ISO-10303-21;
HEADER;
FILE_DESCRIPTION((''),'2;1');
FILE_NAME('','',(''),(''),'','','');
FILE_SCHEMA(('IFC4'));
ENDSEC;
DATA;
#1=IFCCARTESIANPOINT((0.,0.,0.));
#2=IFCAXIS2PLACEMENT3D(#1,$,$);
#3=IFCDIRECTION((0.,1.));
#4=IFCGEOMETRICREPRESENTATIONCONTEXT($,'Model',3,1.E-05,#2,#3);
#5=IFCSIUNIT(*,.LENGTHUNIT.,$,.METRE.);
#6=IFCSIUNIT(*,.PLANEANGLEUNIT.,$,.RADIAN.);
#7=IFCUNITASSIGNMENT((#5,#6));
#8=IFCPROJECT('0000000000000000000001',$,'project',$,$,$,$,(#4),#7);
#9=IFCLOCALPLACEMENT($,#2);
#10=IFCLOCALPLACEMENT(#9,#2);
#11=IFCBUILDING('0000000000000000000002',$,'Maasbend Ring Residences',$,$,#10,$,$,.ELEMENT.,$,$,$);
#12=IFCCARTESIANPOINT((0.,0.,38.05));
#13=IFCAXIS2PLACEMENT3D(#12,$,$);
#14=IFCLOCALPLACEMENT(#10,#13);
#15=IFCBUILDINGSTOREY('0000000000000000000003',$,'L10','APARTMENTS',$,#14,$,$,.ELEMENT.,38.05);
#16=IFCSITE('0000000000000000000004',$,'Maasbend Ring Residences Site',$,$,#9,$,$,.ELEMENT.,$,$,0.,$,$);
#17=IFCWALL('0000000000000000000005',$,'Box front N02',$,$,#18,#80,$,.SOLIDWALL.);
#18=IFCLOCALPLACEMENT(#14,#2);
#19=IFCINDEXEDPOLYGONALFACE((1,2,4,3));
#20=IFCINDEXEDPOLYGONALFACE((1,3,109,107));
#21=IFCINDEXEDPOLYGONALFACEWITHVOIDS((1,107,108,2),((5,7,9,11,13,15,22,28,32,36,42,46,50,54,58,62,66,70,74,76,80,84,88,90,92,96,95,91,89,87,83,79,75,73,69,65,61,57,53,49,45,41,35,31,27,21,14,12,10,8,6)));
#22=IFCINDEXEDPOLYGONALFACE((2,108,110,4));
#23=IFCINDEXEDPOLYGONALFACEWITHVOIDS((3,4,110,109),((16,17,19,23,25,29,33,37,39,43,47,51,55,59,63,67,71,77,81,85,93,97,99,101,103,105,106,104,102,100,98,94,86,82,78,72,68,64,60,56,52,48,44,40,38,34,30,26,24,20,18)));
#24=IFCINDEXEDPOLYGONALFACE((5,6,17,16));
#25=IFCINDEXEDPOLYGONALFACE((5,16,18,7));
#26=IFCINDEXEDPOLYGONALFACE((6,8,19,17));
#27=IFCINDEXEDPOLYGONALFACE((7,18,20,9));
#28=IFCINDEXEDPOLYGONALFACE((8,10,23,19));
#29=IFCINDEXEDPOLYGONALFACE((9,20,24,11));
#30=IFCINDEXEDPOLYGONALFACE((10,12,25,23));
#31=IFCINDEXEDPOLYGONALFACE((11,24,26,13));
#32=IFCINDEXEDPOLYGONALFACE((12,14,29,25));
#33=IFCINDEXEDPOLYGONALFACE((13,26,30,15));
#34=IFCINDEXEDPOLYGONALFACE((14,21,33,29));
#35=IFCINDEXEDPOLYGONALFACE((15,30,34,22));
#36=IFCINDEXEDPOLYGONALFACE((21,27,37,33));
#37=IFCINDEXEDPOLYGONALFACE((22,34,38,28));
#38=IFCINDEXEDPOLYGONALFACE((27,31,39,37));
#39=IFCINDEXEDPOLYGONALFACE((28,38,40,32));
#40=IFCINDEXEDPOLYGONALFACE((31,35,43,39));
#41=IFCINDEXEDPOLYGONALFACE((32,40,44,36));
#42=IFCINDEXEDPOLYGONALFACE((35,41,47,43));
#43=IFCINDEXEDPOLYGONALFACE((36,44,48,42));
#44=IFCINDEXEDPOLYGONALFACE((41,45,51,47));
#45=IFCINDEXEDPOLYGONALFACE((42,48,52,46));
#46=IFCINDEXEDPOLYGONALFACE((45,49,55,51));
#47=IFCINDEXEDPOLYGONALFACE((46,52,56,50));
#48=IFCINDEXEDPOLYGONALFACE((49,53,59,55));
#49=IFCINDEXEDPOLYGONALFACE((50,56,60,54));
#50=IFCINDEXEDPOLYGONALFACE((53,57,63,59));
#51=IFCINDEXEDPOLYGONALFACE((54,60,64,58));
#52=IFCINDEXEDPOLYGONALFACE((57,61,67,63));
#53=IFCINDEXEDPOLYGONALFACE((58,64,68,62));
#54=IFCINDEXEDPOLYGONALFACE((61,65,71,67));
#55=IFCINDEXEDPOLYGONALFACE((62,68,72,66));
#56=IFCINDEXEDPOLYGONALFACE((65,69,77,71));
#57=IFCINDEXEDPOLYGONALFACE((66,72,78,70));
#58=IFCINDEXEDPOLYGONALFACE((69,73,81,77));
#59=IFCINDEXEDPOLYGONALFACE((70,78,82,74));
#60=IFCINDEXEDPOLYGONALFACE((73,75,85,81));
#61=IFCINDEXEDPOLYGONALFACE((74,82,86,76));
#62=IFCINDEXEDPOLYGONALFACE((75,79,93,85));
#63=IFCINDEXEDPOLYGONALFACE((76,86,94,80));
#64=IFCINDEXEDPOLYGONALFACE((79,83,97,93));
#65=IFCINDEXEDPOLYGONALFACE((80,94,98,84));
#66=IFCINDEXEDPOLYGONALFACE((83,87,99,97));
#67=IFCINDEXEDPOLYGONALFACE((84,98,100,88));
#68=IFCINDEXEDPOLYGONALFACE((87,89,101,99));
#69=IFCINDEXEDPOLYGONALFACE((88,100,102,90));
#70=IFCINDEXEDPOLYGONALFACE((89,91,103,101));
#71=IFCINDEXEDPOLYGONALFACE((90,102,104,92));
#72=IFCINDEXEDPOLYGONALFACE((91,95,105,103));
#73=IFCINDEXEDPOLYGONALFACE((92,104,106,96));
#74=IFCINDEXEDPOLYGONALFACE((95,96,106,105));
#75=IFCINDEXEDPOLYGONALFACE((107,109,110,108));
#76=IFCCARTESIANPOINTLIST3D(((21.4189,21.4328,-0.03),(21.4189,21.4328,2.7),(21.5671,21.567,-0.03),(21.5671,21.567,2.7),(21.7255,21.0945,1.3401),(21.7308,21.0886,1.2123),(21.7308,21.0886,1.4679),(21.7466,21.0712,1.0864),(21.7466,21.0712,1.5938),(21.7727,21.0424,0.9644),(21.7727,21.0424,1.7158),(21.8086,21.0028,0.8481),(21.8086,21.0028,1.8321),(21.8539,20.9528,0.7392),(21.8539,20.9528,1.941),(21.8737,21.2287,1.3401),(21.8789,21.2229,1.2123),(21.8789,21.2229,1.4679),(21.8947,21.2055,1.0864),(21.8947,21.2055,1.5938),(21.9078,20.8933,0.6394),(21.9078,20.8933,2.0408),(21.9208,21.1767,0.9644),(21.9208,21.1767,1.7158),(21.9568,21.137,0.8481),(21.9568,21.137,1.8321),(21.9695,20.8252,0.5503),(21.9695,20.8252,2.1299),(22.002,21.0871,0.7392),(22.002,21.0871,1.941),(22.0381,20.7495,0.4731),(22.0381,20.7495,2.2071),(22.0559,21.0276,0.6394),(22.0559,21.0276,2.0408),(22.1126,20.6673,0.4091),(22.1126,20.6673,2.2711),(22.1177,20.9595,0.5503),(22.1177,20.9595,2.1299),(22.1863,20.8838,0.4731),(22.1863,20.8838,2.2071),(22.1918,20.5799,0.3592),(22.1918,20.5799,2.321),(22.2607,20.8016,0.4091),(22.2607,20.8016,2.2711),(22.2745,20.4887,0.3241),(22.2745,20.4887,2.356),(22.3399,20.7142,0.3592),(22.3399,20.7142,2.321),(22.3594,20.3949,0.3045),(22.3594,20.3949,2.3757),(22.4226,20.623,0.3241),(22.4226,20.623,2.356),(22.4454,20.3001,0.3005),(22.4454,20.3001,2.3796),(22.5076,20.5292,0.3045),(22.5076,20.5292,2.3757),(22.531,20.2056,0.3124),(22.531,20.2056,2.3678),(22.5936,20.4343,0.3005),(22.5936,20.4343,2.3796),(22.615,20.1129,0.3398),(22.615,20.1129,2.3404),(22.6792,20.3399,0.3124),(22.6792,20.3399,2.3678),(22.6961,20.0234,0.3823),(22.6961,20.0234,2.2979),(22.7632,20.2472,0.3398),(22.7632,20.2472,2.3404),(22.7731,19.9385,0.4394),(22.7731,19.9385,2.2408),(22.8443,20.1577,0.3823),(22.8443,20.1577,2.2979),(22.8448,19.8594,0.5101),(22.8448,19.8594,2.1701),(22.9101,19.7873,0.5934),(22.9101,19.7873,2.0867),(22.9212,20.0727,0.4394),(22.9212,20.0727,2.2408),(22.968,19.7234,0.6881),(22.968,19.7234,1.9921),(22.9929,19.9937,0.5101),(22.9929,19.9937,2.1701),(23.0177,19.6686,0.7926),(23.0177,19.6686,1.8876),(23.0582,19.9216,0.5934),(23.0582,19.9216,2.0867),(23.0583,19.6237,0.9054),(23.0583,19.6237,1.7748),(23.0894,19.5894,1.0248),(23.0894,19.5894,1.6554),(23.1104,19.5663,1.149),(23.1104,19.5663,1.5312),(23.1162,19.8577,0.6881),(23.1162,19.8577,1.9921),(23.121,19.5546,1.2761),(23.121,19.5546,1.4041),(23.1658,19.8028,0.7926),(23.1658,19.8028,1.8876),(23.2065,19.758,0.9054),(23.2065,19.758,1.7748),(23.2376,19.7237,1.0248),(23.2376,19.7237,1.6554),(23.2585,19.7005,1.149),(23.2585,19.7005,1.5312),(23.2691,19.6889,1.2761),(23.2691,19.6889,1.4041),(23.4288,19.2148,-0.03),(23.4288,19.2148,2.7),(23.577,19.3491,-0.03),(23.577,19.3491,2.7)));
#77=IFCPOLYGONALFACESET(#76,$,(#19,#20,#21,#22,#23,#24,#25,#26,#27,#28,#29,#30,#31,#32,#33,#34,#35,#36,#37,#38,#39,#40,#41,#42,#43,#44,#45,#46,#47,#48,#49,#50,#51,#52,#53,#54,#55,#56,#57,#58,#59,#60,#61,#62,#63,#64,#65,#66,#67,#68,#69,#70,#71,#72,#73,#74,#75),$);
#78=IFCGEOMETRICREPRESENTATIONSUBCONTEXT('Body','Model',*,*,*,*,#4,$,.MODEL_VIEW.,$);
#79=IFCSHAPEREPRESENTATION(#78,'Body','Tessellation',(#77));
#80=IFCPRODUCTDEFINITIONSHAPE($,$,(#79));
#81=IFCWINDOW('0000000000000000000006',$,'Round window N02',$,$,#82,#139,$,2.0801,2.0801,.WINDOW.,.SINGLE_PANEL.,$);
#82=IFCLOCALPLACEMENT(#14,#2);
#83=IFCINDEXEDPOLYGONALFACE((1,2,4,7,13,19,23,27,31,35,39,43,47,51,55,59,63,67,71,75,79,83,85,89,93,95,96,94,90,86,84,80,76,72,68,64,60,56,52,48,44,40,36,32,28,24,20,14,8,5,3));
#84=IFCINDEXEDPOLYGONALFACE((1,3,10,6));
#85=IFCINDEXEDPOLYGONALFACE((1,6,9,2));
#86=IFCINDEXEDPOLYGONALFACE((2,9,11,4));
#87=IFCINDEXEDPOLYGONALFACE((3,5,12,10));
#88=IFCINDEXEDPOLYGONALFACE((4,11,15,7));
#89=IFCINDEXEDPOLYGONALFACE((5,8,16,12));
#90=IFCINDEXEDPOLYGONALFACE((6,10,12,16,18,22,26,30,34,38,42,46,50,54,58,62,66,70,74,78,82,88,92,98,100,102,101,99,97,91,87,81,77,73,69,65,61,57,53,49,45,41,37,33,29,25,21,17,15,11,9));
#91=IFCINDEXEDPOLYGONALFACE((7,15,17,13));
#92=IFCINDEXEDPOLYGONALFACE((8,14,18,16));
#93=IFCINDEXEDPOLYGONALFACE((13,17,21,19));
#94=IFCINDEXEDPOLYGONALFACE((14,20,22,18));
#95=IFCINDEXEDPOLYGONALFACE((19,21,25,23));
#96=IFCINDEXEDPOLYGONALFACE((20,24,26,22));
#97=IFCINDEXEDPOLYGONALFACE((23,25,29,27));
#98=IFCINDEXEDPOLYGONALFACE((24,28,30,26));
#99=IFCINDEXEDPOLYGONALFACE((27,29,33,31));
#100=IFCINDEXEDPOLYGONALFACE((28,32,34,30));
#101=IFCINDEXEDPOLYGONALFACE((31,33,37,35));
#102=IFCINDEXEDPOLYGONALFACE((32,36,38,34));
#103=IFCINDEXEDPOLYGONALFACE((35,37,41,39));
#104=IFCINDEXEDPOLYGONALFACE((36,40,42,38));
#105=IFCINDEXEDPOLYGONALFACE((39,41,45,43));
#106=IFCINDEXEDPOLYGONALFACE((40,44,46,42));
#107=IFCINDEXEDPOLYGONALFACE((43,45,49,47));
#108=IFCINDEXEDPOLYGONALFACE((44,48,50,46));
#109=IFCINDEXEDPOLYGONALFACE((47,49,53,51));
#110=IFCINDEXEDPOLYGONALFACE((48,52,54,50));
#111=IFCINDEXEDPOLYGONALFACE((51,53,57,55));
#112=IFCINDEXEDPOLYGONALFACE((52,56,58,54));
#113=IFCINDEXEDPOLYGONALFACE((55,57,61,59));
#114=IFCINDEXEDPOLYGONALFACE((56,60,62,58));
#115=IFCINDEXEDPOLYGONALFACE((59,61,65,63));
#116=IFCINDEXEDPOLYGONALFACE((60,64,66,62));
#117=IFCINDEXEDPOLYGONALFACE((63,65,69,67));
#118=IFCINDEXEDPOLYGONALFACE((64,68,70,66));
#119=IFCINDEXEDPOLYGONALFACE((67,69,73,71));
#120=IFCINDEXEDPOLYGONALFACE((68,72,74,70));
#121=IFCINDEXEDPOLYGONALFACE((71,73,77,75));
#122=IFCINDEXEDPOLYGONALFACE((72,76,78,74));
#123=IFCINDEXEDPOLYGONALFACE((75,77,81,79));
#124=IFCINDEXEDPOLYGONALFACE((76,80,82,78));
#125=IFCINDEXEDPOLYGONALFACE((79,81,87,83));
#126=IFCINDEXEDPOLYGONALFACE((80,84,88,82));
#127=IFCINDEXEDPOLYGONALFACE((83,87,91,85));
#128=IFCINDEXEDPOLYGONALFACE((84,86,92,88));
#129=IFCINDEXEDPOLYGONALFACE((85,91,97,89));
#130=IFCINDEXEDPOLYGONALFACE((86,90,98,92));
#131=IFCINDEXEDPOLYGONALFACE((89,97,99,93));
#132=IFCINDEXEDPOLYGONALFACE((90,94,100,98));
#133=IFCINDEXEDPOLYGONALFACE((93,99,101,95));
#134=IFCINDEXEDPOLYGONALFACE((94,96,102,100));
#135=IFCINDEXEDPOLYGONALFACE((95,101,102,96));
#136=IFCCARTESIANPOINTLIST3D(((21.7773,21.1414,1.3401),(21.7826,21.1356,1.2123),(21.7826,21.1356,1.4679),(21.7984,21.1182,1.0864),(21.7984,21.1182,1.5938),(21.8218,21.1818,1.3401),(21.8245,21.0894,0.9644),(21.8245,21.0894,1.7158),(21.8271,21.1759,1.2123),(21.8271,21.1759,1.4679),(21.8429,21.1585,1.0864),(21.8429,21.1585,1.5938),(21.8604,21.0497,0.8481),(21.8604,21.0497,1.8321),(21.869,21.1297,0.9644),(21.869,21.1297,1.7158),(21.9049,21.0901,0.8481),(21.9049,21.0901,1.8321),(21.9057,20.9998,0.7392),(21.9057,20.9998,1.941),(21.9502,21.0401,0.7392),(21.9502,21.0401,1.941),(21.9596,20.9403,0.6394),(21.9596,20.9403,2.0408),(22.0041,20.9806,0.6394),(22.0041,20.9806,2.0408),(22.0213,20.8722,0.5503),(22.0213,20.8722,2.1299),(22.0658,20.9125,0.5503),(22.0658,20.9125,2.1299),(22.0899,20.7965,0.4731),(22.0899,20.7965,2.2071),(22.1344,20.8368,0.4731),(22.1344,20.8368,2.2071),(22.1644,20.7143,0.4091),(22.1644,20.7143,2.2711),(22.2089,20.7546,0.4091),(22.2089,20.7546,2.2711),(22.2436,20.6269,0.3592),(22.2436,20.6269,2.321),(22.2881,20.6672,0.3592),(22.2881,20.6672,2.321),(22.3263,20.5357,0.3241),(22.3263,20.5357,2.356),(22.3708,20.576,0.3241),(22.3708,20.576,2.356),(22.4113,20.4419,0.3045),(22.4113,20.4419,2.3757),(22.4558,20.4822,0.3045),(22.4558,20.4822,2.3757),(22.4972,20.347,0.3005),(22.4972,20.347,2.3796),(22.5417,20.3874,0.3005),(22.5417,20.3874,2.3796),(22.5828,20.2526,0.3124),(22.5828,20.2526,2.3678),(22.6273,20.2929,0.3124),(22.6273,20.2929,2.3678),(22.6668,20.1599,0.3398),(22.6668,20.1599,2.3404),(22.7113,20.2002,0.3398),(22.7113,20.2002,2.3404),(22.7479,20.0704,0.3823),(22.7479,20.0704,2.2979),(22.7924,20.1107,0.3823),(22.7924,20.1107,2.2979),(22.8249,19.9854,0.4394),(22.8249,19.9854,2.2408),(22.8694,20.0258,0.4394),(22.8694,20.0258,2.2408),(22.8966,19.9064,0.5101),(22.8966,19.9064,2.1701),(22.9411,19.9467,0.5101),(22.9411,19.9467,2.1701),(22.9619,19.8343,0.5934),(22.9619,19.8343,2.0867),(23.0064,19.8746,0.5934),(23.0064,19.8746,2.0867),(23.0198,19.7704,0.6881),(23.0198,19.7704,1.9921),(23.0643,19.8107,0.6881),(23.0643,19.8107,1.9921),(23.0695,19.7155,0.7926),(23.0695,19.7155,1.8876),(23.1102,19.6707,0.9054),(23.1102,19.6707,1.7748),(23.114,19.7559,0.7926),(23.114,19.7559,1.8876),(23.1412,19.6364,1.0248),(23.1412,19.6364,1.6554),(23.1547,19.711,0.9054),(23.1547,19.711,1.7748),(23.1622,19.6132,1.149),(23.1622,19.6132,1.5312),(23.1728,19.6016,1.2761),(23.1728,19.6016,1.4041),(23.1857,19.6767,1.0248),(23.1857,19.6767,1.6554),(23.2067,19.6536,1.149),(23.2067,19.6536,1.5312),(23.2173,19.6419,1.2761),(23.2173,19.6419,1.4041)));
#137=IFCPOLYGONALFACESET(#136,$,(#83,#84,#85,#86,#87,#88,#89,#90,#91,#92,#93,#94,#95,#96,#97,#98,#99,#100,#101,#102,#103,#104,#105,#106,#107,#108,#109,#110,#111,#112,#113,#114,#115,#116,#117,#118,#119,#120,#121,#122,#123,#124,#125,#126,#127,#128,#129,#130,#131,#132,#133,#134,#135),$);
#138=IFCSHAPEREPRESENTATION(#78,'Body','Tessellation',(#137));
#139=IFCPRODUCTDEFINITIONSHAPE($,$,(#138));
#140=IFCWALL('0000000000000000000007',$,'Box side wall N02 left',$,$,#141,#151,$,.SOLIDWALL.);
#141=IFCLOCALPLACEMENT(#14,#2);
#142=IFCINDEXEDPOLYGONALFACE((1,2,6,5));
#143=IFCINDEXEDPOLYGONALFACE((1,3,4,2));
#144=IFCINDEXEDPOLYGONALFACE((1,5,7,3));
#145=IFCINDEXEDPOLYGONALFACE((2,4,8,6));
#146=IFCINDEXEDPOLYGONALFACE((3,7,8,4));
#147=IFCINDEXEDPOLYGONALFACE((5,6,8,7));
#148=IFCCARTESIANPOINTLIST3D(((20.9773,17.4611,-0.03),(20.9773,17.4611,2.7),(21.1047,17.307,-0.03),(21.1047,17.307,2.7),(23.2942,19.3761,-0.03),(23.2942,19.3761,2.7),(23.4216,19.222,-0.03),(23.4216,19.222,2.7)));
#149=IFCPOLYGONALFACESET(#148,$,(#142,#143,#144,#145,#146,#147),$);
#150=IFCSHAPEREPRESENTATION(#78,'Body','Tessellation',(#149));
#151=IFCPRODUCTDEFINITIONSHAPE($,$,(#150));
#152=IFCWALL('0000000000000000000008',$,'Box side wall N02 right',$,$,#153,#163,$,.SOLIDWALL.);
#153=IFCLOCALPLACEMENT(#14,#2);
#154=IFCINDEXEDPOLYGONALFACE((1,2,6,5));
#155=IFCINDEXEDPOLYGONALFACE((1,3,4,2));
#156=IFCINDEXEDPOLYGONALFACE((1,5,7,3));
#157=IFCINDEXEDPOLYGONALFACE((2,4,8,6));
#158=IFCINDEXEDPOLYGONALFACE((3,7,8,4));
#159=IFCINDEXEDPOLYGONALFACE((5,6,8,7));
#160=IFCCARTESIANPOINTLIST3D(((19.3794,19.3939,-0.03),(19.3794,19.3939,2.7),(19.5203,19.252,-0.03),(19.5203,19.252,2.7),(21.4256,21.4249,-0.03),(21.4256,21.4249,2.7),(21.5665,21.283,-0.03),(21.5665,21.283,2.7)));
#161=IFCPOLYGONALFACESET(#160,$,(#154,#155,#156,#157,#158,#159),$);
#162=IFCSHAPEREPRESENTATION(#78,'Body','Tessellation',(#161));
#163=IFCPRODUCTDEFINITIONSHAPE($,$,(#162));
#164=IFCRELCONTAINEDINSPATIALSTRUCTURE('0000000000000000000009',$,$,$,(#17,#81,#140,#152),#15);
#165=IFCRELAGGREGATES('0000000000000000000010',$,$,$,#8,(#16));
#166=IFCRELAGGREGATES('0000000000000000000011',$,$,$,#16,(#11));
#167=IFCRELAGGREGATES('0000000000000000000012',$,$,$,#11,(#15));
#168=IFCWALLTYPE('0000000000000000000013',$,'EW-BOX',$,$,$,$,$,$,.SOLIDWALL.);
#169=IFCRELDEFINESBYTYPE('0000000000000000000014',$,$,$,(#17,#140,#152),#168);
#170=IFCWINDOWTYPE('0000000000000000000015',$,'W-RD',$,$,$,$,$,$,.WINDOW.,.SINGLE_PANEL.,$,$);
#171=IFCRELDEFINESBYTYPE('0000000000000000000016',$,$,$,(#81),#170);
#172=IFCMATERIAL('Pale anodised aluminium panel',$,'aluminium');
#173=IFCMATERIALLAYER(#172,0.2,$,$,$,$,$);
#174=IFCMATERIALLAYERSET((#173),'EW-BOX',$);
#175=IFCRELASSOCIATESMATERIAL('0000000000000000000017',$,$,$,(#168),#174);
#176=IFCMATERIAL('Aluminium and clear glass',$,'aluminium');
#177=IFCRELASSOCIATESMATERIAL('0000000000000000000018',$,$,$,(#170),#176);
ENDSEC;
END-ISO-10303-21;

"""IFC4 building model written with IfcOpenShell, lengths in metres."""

from ifc_helpers import new_model, si_unit, direction, frame, frame_2d, origin, place, context, subcontext, project, spatial, rectangle, circle, extrude, material, layer, layer_set, type_object, element, fill, save


model = new_model("IFC4")

# Units and contexts
model_context = context("Model", 3, precision=1e-05, world=origin(), true_north=direction((0.0, 1.0)))
body_context = subcontext(model_context, "Body", "Model", "MODEL_VIEW")
ifc_project = project(units=[si_unit("LENGTHUNIT", "METRE"), si_unit("PLANEANGLEUNIT", "RADIAN")], contexts=[model_context])

# Site, building, storey
site_placement = place(None, origin())
site = spatial("IfcSite", under=ifc_project, at=site_placement, Name="Maasbend Ring Residences Site", CompositionType="ELEMENT", RefElevation=0.0)
building_placement = place(site_placement, origin())
building = spatial("IfcBuilding", under=site, at=building_placement, Name="Maasbend Ring Residences", CompositionType="ELEMENT")
storey_placement = place(building_placement, frame((0.0, 0.0, 38.05)))
storey = spatial("IfcBuildingStorey", under=building, at=storey_placement, Name="L10", Description="APARTMENTS", CompositionType="ELEMENT", Elevation=38.05)

# Wall, opening, window
ifc_material_1 = material(Name="Pale anodised aluminium panel", Category="aluminium")
ifc_layer_1 = layer(ifc_material_1, 0.2)
ifc_layer_set_1 = layer_set([ifc_layer_1], Name="EW-BOX")
wall_type_1 = type_object("IfcWallType", Name="EW-BOX", PredefinedType="SOLIDWALL", material=ifc_layer_set_1)
wall_1_placement = place(storey_placement, frame((23.5029, 19.282, -0.03), z_axis=(0.0, 0.0, 1.0), x_axis=(-0.671507, 0.740998, 0.0)))
wall_1 = element("IfcWall", 1, at=wall_1_placement, inside=storey, type_object=wall_type_1, Name="Box front N02", PredefinedType="SOLIDWALL", context=body_context, shape_type="SweptSolid", body=[
    extrude(rectangle(XDim=2.9932, YDim=0.2, at=frame_2d((1.4966, 0.0))), origin(), (0.0, 0.0, 1.0), 2.73),
])
opening_1_placement = place(wall_1_placement, frame((0.4565, 0.0, 0.3301)))
opening_1 = element("IfcOpeningElement", 2, at=opening_1_placement, cuts=wall_1, PredefinedType="OPENING", context=body_context, shape_type="SweptSolid", body=[
    extrude(circle(Radius=1.04, at=frame_2d((1.04, 1.04))), frame((0.0, 0.1099, 0.0), z_axis=(0.0, -1.0, 0.0), x_axis=(1.0, 0.0, 0.0)), (0.0, 0.0, 1.0), 0.22),
])
ifc_material_2 = material(Name="Aluminium and clear glass", Category="aluminium")
window_type_1 = type_object("IfcWindowType", Name="W-RD", PartitioningType="SINGLE_PANEL", PredefinedType="WINDOW", material=ifc_material_2)
window_1_placement = place(opening_1_placement, origin())
window_1 = element("IfcWindow", 3, at=window_1_placement, inside=storey, type_object=window_type_1, Name="Round window N02", OverallHeight=2.0801, OverallWidth=2.0801, PartitioningType="SINGLE_PANEL", PredefinedType="WINDOW", context=body_context, shape_type="SweptSolid", body=[
    extrude(circle(Radius=1.04, at=frame_2d((1.04, 1.04))), frame((0.0, 0.03, 0.0), z_axis=(0.0, -1.0, 0.0), x_axis=(1.0, 0.0, 0.0)), (0.0, 0.0, 1.0), 0.0601),
])
fill(opening_1, window_1)

# Walls
wall_2_placement = place(storey_placement, frame((21.041, 17.384, -0.03), z_axis=(0.0, 0.0, 1.0), x_axis=(0.770785, 0.637096, 0.0)))
element("IfcWall", 4, at=wall_2_placement, inside=storey, type_object=wall_type_1, Name="Box side wall N02 left", PredefinedType="SOLIDWALL", context=body_context, shape_type="SweptSolid", body=[
    extrude(rectangle(XDim=3.0059, YDim=0.2, at=frame_2d((1.5029, 0.0))), origin(), (0.0, 0.0, 1.0), 2.73),
])
wall_3_placement = place(storey_placement, frame((19.45, 19.323, -0.03), z_axis=(0.0, 0.0, 1.0), x_axis=(0.709727, 0.704477, 0.0)))
element("IfcWall", 5, at=wall_3_placement, inside=storey, type_object=wall_type_1, Name="Box side wall N02 right", PredefinedType="SOLIDWALL", context=body_context, shape_type="SweptSolid", body=[
    extrude(rectangle(XDim=2.8831, YDim=0.2, at=frame_2d((1.4414, 0.0))), origin(), (0.0, 0.0, 1.0), 2.73),
])

save(model, "model.ifc")
